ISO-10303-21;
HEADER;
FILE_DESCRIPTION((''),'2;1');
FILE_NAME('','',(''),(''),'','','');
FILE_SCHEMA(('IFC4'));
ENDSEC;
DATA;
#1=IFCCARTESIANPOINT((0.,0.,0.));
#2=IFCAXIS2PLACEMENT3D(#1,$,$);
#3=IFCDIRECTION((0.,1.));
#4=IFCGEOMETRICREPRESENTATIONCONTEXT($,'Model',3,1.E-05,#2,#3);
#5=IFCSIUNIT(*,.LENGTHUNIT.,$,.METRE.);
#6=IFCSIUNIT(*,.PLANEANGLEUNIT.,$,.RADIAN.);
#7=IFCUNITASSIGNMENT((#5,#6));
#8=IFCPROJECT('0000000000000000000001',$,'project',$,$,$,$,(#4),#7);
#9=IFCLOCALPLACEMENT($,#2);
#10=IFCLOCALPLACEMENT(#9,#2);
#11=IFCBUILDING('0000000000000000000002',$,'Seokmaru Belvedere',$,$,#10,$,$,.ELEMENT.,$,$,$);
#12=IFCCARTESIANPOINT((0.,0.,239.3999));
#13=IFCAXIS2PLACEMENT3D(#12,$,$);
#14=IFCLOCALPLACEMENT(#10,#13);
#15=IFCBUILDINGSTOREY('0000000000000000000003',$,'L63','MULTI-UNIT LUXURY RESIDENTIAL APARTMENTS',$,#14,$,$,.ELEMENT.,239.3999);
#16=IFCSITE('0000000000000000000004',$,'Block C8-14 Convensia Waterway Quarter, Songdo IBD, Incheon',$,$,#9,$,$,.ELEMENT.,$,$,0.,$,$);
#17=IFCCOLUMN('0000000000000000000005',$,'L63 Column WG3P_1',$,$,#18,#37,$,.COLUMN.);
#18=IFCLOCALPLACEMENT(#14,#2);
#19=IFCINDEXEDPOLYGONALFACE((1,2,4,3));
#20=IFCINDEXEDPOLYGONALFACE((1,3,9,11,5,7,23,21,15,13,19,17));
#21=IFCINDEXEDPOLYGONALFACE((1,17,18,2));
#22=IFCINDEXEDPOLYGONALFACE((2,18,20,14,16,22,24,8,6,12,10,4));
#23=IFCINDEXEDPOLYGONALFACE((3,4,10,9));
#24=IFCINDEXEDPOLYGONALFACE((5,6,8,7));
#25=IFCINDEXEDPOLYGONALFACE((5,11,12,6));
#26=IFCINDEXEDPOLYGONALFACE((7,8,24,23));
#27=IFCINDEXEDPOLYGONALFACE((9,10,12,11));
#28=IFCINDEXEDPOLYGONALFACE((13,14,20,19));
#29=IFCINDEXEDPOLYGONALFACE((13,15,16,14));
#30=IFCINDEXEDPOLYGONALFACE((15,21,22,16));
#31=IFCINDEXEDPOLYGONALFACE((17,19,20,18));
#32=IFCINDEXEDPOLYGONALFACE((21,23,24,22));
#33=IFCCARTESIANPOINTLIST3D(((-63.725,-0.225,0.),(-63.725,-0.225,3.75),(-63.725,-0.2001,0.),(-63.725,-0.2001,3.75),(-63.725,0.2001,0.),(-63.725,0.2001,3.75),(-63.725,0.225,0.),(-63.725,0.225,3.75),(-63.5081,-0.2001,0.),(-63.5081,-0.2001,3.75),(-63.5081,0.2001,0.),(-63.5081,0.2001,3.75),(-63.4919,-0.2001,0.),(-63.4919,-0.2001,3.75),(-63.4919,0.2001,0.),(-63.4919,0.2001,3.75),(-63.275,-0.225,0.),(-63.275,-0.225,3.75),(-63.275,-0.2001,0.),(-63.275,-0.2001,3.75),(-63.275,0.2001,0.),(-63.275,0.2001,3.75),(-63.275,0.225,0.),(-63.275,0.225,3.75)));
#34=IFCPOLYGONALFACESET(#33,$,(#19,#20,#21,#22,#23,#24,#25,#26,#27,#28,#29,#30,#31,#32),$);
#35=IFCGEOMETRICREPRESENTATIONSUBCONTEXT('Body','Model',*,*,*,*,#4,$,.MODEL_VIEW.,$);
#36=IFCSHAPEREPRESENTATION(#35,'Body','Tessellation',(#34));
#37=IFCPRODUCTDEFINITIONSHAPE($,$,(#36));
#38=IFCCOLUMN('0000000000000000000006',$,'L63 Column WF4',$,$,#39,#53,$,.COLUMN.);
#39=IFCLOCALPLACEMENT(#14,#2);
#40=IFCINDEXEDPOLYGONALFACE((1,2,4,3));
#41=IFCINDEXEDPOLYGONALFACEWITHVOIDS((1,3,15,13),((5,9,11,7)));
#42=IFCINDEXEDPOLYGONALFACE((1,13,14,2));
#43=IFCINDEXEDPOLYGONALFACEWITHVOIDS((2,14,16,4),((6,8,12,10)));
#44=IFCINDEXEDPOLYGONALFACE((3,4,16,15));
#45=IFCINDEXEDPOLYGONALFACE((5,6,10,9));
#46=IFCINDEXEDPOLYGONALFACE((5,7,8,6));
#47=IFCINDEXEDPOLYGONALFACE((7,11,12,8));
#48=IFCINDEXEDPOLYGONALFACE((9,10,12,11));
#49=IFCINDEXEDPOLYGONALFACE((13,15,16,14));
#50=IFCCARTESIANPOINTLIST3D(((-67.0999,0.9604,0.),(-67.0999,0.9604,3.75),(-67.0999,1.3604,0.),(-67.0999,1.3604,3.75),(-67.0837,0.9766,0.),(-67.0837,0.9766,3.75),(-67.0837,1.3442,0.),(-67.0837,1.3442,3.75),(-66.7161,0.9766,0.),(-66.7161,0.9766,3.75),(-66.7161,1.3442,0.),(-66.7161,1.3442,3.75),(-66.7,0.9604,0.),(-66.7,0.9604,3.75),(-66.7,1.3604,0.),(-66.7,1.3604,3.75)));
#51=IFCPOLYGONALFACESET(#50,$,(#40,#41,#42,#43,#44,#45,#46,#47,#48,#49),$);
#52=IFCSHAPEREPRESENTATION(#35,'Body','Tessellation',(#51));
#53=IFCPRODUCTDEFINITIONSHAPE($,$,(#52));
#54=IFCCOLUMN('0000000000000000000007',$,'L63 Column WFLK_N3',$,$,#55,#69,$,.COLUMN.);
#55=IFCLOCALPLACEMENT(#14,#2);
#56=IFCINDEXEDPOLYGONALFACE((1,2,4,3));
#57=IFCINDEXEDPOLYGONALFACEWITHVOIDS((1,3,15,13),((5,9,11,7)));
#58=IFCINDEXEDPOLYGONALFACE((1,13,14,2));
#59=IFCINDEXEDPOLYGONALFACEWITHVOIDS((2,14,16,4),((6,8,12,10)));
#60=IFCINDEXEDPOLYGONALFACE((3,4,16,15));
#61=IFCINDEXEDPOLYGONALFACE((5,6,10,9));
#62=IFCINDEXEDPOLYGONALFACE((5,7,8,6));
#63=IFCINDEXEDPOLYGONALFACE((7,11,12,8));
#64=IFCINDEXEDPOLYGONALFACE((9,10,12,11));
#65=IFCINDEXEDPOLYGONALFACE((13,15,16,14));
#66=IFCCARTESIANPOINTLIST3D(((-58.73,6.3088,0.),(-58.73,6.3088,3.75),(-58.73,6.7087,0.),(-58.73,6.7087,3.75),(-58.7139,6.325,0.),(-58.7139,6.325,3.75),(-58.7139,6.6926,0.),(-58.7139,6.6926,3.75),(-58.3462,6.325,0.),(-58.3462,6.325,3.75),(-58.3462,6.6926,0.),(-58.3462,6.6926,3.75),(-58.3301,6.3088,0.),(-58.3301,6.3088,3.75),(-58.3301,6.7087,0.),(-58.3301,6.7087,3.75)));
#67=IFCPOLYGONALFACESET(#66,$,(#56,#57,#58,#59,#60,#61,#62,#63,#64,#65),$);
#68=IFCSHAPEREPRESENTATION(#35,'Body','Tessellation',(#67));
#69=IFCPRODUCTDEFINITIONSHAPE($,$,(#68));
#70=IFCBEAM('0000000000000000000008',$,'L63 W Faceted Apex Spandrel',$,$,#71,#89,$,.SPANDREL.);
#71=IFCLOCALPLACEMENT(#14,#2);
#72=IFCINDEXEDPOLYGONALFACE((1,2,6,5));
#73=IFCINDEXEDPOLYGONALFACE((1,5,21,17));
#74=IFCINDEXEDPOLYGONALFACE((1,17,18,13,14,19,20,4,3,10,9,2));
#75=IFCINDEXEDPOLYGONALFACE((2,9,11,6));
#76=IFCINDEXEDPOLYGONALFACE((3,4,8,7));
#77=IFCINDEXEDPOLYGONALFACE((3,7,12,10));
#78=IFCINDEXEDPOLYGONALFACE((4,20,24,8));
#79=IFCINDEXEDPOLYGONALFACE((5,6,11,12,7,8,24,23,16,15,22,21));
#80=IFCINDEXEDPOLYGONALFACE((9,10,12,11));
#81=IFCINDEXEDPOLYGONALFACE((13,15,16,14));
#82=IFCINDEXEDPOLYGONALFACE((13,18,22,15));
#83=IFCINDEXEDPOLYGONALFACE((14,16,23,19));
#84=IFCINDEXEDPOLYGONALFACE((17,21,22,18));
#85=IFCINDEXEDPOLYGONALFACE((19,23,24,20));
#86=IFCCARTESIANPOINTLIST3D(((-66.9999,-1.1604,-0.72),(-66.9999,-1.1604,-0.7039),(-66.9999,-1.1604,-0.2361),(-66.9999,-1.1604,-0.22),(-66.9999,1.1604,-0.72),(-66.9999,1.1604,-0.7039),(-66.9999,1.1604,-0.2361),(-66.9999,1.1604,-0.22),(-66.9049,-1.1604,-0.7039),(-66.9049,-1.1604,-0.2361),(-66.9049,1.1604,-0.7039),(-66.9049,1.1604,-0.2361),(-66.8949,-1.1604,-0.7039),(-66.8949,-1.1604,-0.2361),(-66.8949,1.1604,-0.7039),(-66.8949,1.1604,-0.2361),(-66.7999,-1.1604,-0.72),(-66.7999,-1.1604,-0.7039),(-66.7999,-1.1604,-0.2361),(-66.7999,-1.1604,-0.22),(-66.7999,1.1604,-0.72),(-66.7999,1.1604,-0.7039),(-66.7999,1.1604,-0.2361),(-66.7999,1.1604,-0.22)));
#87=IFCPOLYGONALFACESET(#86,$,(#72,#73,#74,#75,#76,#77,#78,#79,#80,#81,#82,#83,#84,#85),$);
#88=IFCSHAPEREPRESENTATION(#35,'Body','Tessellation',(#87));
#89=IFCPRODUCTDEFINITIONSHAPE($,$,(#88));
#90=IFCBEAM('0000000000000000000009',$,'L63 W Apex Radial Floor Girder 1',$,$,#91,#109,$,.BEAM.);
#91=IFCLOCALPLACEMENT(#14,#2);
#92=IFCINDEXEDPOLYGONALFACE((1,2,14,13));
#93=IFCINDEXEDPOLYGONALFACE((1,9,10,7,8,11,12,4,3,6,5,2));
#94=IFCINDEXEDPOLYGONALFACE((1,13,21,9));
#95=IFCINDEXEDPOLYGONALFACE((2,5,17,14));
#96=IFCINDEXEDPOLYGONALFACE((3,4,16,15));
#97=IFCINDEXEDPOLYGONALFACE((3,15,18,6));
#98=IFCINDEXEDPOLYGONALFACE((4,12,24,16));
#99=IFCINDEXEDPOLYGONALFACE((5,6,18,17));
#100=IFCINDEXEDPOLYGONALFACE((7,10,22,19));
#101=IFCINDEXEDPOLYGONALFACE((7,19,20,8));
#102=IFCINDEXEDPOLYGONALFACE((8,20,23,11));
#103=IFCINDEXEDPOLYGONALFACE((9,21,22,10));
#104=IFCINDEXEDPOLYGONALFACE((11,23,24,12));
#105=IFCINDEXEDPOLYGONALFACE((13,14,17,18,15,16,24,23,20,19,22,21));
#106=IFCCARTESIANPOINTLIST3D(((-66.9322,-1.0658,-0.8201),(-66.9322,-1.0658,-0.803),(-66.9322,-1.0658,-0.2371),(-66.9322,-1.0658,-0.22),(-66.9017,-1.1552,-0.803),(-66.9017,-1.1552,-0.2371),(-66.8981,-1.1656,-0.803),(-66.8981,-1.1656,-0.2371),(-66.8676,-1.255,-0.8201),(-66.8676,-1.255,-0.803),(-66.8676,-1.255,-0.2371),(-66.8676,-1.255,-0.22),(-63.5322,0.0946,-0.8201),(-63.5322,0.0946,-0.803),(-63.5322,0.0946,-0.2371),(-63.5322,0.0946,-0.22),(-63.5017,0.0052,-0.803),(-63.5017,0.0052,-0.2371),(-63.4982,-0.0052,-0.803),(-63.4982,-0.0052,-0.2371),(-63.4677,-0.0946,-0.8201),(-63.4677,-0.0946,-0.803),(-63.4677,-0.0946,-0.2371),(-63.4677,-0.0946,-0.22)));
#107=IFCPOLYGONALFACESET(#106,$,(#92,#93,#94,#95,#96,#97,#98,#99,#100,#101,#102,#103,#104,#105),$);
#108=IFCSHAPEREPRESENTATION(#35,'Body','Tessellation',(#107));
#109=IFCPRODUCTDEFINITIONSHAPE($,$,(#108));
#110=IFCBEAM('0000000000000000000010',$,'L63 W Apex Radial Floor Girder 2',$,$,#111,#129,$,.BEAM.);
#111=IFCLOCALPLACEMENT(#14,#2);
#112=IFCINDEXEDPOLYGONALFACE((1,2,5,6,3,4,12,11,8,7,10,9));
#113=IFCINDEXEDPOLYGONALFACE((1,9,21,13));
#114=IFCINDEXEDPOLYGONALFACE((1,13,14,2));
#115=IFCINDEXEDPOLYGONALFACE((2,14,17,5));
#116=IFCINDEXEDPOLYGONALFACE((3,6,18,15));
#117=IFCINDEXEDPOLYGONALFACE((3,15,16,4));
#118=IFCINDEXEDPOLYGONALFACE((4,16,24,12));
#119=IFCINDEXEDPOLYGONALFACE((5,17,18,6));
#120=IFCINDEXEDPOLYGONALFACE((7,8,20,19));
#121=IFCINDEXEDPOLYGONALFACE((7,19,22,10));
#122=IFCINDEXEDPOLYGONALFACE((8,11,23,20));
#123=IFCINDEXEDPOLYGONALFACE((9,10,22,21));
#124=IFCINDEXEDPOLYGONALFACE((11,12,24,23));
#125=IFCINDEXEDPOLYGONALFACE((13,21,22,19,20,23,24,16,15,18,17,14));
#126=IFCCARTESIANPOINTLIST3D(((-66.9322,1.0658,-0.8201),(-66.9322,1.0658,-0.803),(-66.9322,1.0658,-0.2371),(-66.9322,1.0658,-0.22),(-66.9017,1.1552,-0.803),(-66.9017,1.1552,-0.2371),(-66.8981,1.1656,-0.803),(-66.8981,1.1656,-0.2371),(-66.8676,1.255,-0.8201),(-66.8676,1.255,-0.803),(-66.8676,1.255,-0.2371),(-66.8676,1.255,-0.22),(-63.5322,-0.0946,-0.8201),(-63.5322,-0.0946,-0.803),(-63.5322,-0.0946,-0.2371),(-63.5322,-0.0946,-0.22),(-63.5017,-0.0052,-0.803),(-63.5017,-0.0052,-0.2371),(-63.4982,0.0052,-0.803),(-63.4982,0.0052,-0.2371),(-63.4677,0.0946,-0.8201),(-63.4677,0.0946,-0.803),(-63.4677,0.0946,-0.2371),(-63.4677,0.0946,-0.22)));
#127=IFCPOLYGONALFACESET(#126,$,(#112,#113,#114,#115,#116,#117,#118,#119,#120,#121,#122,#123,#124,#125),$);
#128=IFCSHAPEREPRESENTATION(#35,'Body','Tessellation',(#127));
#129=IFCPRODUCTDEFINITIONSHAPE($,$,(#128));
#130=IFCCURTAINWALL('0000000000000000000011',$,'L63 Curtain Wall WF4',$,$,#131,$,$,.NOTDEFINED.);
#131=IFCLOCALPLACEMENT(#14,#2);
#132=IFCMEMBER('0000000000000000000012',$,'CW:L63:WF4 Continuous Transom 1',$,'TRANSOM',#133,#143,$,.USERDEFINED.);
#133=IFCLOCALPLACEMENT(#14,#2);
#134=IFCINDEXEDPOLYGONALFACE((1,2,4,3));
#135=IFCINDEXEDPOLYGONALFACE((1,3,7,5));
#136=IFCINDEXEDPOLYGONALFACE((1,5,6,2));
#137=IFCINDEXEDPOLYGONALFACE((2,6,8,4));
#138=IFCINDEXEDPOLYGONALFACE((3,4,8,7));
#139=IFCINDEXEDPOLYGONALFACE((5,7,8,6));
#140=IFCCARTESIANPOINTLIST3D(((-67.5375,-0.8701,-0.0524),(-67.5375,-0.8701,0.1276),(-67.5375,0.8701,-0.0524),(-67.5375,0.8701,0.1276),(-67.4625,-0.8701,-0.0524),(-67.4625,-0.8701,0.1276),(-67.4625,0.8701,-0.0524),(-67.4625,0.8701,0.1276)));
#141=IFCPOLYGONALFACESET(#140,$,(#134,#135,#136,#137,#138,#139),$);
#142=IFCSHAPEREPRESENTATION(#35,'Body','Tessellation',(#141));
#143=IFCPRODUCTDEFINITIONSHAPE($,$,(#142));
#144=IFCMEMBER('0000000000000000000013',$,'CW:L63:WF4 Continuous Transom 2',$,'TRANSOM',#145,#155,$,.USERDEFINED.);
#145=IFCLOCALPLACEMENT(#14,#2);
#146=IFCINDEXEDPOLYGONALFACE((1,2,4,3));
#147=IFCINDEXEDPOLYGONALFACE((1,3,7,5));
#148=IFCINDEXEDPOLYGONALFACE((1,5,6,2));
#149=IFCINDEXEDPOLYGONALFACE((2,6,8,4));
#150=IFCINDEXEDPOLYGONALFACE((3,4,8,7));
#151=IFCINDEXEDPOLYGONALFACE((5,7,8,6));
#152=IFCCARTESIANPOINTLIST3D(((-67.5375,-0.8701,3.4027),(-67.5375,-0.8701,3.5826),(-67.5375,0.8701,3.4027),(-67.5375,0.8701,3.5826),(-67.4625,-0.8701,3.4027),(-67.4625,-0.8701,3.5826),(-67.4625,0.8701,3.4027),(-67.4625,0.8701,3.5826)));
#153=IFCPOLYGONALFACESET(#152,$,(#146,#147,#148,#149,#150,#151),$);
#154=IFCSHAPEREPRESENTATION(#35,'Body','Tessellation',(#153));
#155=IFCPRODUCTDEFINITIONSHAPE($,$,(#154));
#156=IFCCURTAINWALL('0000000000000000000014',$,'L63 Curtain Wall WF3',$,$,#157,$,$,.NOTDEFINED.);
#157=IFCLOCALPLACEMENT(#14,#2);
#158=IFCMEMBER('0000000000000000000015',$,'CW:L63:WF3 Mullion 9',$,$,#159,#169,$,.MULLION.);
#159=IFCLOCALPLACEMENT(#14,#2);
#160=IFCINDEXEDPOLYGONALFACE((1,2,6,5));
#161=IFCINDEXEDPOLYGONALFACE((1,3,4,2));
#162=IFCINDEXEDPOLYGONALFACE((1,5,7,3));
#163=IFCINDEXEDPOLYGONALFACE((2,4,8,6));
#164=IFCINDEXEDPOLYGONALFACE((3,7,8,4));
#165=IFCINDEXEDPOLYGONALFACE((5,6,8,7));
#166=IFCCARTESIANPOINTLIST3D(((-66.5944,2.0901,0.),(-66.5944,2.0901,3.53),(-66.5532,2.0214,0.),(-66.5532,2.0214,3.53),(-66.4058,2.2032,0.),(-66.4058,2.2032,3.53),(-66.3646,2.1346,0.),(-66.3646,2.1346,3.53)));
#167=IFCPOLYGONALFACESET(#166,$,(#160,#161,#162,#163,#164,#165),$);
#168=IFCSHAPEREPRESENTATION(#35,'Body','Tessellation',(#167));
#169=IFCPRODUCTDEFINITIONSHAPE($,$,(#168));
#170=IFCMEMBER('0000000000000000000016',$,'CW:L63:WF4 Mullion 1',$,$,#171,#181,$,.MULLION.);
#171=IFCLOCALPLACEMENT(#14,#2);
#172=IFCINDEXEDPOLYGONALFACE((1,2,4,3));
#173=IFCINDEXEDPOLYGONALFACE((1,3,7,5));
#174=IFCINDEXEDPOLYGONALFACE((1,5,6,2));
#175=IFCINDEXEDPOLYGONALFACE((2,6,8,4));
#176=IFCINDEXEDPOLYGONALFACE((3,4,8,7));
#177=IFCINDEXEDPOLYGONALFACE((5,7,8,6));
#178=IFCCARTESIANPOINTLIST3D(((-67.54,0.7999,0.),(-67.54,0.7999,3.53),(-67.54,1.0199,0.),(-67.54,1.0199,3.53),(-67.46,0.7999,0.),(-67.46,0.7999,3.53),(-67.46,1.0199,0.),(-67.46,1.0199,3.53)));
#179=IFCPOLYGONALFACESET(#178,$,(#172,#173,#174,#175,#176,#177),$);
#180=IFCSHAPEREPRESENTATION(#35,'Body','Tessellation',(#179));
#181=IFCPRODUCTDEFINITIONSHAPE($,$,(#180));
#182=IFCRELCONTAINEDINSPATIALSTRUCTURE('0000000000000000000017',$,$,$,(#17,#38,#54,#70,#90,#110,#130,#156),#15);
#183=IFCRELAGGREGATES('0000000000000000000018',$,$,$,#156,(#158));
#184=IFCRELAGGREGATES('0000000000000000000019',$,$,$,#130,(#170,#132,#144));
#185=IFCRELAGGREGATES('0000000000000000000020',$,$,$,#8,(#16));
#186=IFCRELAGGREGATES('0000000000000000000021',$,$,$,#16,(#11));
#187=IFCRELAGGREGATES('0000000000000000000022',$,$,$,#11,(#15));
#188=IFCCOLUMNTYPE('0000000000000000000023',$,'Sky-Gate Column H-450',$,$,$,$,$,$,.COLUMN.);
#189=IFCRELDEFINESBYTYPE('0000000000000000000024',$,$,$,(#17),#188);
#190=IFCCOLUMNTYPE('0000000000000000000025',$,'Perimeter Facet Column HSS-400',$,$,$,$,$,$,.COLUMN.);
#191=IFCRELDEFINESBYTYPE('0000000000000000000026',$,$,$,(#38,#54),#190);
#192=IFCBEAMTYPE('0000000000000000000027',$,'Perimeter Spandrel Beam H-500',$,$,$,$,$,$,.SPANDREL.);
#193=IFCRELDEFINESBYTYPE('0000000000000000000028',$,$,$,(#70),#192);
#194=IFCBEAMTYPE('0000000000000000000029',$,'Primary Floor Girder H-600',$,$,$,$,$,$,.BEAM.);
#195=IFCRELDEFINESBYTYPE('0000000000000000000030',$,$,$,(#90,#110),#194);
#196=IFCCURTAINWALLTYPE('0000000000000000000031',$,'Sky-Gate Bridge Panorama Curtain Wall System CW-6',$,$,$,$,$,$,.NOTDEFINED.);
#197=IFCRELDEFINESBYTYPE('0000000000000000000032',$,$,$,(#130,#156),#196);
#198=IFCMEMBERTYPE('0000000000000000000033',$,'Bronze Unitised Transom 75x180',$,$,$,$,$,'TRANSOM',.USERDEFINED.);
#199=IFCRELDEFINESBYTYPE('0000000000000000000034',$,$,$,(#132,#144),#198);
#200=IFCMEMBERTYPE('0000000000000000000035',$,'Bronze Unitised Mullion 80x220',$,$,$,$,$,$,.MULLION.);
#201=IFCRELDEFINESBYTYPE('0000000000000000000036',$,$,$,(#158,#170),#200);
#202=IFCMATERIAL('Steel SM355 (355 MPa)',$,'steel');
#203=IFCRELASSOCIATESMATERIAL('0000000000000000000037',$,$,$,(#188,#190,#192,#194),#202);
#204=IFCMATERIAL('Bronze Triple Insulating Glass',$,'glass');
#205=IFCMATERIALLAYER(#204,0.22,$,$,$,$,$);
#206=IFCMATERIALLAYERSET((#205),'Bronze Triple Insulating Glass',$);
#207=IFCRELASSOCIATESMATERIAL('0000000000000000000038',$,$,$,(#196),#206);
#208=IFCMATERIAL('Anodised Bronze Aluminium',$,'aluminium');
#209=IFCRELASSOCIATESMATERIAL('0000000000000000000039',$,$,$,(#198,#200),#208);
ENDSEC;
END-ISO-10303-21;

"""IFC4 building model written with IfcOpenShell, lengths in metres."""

from ifc_helpers import new_model, si_unit, direction, frame, origin, origin_2d, place, context, subcontext, project, spatial, rectangle, hollow_rectangle, i_section, extrude, source, transform, mapped, material, layer, layer_set, material_profile, profile_set, type_object, type_shapes, element, aggregate, save


model = new_model("IFC4")

# Units and contexts
model_context = context("Model", 3, precision=1e-05, world=origin(), true_north=direction((0.0, 1.0)))
body_context = subcontext(model_context, "Body", "Model", "MODEL_VIEW")
ifc_project = project(units=[si_unit("LENGTHUNIT", "METRE"), si_unit("PLANEANGLEUNIT", "RADIAN")], contexts=[model_context])

# Site, building, storey
site_placement = place(None, origin())
site = spatial("IfcSite", under=ifc_project, at=site_placement, Name="Block C8-14 Convensia Waterway Quarter, Songdo IBD, Incheon", CompositionType="ELEMENT", RefElevation=0.0)
building_placement = place(site_placement, origin())
building = spatial("IfcBuilding", under=site, at=building_placement, Name="Seokmaru Belvedere", CompositionType="ELEMENT")
storey_placement = place(building_placement, frame((0.0, 0.0, 239.3999)))
storey = spatial("IfcBuildingStorey", under=building, at=storey_placement, Name="L63", Description="MULTI-UNIT LUXURY RESIDENTIAL APARTMENTS", CompositionType="ELEMENT", Elevation=239.3999)

# Columns
ifc_material_1 = material(Name="Steel SM355 (355 MPa)", Category="steel")
ifc_material_profile_1 = material_profile(ifc_material_1, i_section(OverallWidth=0.45, OverallDepth=0.45, WebThickness=0.0161, FlangeThickness=0.0249, at=origin_2d()), Name="H-450x450x16x25")
ifc_profile_set_1 = profile_set([ifc_material_profile_1], Name="Steel SM355 (355 MPa)")
column_type_1 = type_object("IfcColumnType", Name="Sky-Gate Column H-450", PredefinedType="COLUMN", material=ifc_profile_set_1)
shared_shape_1 = source(origin(), body_context, "Body", "SweptSolid", [
    extrude(i_section(OverallWidth=0.45, OverallDepth=0.45, WebThickness=0.0161, FlangeThickness=0.0249, at=origin_2d()), origin(), (0.0, 0.0, 1.0), 3.75),
])
type_shapes(column_type_1, [shared_shape_1])
column_placement = place(storey_placement, frame((-63.5, 0.0, 0.0), z_axis=(0.0, 0.0, 1.0), x_axis=(1.0, 0.0, 0.0)))
element("IfcColumn", 1, at=column_placement, inside=storey, type_object=column_type_1, Name="L63 Column WG3P_1", PredefinedType="COLUMN", context=body_context, shape_type="MappedRepresentation", body=[
    mapped(shared_shape_1, transform((0.0, 0.0, 0.0), scale=1.0)),
])
ifc_material_profile_2 = material_profile(ifc_material_1, hollow_rectangle(XDim=0.3999, YDim=0.3999, WallThickness=0.0161, at=origin_2d()), Name="HSS-400x400x16")
ifc_profile_set_2 = profile_set([ifc_material_profile_2], Name="Steel SM355 (355 MPa)")
column_type_2 = type_object("IfcColumnType", Name="Perimeter Facet Column HSS-400", PredefinedType="COLUMN", material=ifc_profile_set_2)
shared_shape_2 = source(origin(), body_context, "Body", "SweptSolid", [
    extrude(hollow_rectangle(XDim=0.3999, YDim=0.3999, WallThickness=0.0161, at=origin_2d()), origin(), (0.0, 0.0, 1.0), 3.75),
])
type_shapes(column_type_2, [shared_shape_2])
for number, where, z_axis, x_axis, name in (
    (2, (-66.8999, 1.1604, 0.0), (0.0, 0.0, 1.0), (1.0, 0.0, 0.0), "L63 Column WF4"),
    (3, (-58.53, 6.5088, 0.0), (0.0, 0.0, 1.0), (1.0, 0.0, 0.0), "L63 Column WFLK_N3"),
):
    element("IfcColumn", number, at=place(storey_placement, frame(where, z_axis=z_axis, x_axis=x_axis)), inside=storey, type_object=column_type_2, Name=name, PredefinedType="COLUMN", context=body_context, shape_type="MappedRepresentation", body=[
        mapped(shared_shape_2, transform((0.0, 0.0, 0.0), scale=1.0)),
    ])

# Beams
ifc_material_profile_3 = material_profile(ifc_material_1, i_section(OverallWidth=0.2, OverallDepth=0.5, WebThickness=0.01, FlangeThickness=0.0161, at=origin_2d()), Name="H-500x200x10x16")
ifc_profile_set_3 = profile_set([ifc_material_profile_3], Name="Steel SM355 (355 MPa)")
beam_type_1 = type_object("IfcBeamType", Name="Perimeter Spandrel Beam H-500", PredefinedType="SPANDREL", material=ifc_profile_set_3)
shared_shape_3 = source(origin(), body_context, "Body", "SweptSolid", [
    extrude(i_section(OverallWidth=0.2, OverallDepth=0.5, WebThickness=0.01, FlangeThickness=0.0161, at=origin_2d()), origin(), (0.0, 0.0, 1.0), 2.3208),
])
type_shapes(beam_type_1, [shared_shape_3])
beam_placement = place(storey_placement, frame((-66.8999, -1.1604, -0.47), z_axis=(0.0, 1.0, 0.0), x_axis=(-1.0, 0.0, 0.0)))
element("IfcBeam", 4, at=beam_placement, inside=storey, type_object=beam_type_1, Name="L63 W Faceted Apex Spandrel", PredefinedType="SPANDREL", context=body_context, shape_type="MappedRepresentation", body=[
    mapped(shared_shape_3, transform((0.0, 0.0, 0.0), scale=1.0)),
])
ifc_material_profile_4 = material_profile(ifc_material_1, i_section(OverallWidth=0.2, OverallDepth=0.6001, WebThickness=0.011, FlangeThickness=0.0171, at=origin_2d()), Name="H-600x200x11x17")
ifc_profile_set_4 = profile_set([ifc_material_profile_4], Name="Steel SM355 (355 MPa)")
beam_type_2 = type_object("IfcBeamType", Name="Primary Floor Girder H-600", PredefinedType="BEAM", material=ifc_profile_set_4)
shared_shape_4 = source(origin(), body_context, "Body", "SweptSolid", [
    extrude(i_section(OverallWidth=0.2, OverallDepth=0.6001, WebThickness=0.011, FlangeThickness=0.0171, at=origin_2d()), origin(), (0.0, 0.0, 1.0), 3.5925),
])
type_shapes(beam_type_2, [shared_shape_4])
for number, where, z_axis, x_axis, name in (
    (5, (-66.8999, -1.1604, -0.52), (0.946396, 0.323009, 0.0), (-0.323009, 0.946396, 0.0), "L63 W Apex Radial Floor Girder 1"),
    (6, (-66.8999, 1.1604, -0.52), (0.946396, -0.323009, 0.0), (0.323009, 0.946396, 0.0), "L63 W Apex Radial Floor Girder 2"),
):
    element("IfcBeam", number, at=place(storey_placement, frame(where, z_axis=z_axis, x_axis=x_axis)), inside=storey, type_object=beam_type_2, Name=name, PredefinedType="BEAM", context=body_context, shape_type="MappedRepresentation", body=[
        mapped(shared_shape_4, transform((0.0, 0.0, 0.0), scale=1.0)),
    ])

# Curtain wall, members
ifc_material_2 = material(Name="Bronze Triple Insulating Glass", Category="glass")
ifc_layer_1 = layer(ifc_material_2, 0.22)
ifc_layer_set_1 = layer_set([ifc_layer_1], Name="Bronze Triple Insulating Glass")
curtain_wall_type = type_object("IfcCurtainWallType", Name="Sky-Gate Bridge Panorama Curtain Wall System CW-6", PredefinedType="NOTDEFINED", material=ifc_layer_set_1)
curtain_wall_1_placement = place(storey_placement, origin())
curtain_wall_1 = element("IfcCurtainWall", 7, at=curtain_wall_1_placement, inside=storey, type_object=curtain_wall_type, Name="L63 Curtain Wall WF4", PredefinedType="NOTDEFINED")
ifc_material_3 = material(Name="Anodised Bronze Aluminium", Category="aluminium")
ifc_material_profile_5 = material_profile(ifc_material_3, rectangle(XDim=0.075, YDim=0.1799, at=origin_2d()), Name="CW-T-75x180")
ifc_profile_set_5 = profile_set([ifc_material_profile_5], Name="Anodised Bronze Aluminium")
member_type_1 = type_object("IfcMemberType", Name="Bronze Unitised Transom 75x180", ElementType="TRANSOM", PredefinedType="USERDEFINED", material=ifc_profile_set_5)
shared_shape_5 = source(origin(), body_context, "Body", "SweptSolid", [
    extrude(rectangle(XDim=0.075, YDim=0.1799, at=origin_2d()), origin(), (0.0, 0.0, 1.0), 1.7402),
])
type_shapes(member_type_1, [shared_shape_5])
member_1_placement = place(storey_placement, frame((-67.5, 0.8701, 0.0376), z_axis=(0.0, -1.0, 0.0), x_axis=(1.0, 0.0, 0.0)))
member_1 = element("IfcMember", 8, at=member_1_placement, type_object=member_type_1, Name="CW:L63:WF4 Continuous Transom 1", ObjectType="TRANSOM", PredefinedType="USERDEFINED", context=body_context, shape_type="MappedRepresentation", body=[
    mapped(shared_shape_5, transform((0.0, 0.0, 0.0), scale=1.0)),
])
member_2_placement = place(storey_placement, frame((-67.5, 0.8701, 3.4927), z_axis=(0.0, -1.0, 0.0), x_axis=(1.0, 0.0, 0.0)))
member_2 = element("IfcMember", 9, at=member_2_placement, type_object=member_type_1, Name="CW:L63:WF4 Continuous Transom 2", ObjectType="TRANSOM", PredefinedType="USERDEFINED", context=body_context, shape_type="MappedRepresentation", body=[
    mapped(shared_shape_5, transform((0.0, 0.0, 0.0), scale=1.0)),
])

# Curtain wall, member
curtain_wall_2_placement = place(storey_placement, origin())
curtain_wall_2 = element("IfcCurtainWall", 10, at=curtain_wall_2_placement, inside=storey, type_object=curtain_wall_type, Name="L63 Curtain Wall WF3", PredefinedType="NOTDEFINED")
ifc_material_profile_6 = material_profile(ifc_material_3, rectangle(XDim=0.0801, YDim=0.22, at=origin_2d()), Name="CW-M-80x220")
ifc_profile_set_6 = profile_set([ifc_material_profile_6], Name="Anodised Bronze Aluminium")
member_type_2 = type_object("IfcMemberType", Name="Bronze Unitised Mullion 80x220", PredefinedType="MULLION", material=ifc_profile_set_6)
shared_shape_6 = source(origin(), body_context, "Body", "SweptSolid", [
    extrude(rectangle(XDim=0.0801, YDim=0.22, at=origin_2d()), origin(), (0.0, 0.0, 1.0), 3.53),
])
member_3_placement = place(storey_placement, frame((-66.4795, 2.1123, 0.0), z_axis=(0.0, 0.0, 1.0), x_axis=(0.514495, -0.857493, 0.0)))
member_3 = element("IfcMember", 11, at=member_3_placement, type_object=member_type_2, Name="CW:L63:WF3 Mullion 9", PredefinedType="MULLION", context=body_context, shape_type="MappedRepresentation", body=[
    mapped(shared_shape_6, transform((0.0, 0.0, 0.0), scale=1.0)),
])

# Member
member_4_placement = place(storey_placement, frame((-67.5, 0.9099, 0.0), z_axis=(0.0, 0.0, 1.0), x_axis=(1.0, 0.0, 0.0)))
member_4 = element("IfcMember", 12, at=member_4_placement, type_object=member_type_2, Name="CW:L63:WF4 Mullion 1", PredefinedType="MULLION", context=body_context, shape_type="MappedRepresentation", body=[
    mapped(shared_shape_6, transform((0.0, 0.0, 0.0), scale=1.0)),
])

aggregate(curtain_wall_2, [member_3])
aggregate(curtain_wall_1, [member_4, member_1, member_2])

save(model, "model.ifc")
